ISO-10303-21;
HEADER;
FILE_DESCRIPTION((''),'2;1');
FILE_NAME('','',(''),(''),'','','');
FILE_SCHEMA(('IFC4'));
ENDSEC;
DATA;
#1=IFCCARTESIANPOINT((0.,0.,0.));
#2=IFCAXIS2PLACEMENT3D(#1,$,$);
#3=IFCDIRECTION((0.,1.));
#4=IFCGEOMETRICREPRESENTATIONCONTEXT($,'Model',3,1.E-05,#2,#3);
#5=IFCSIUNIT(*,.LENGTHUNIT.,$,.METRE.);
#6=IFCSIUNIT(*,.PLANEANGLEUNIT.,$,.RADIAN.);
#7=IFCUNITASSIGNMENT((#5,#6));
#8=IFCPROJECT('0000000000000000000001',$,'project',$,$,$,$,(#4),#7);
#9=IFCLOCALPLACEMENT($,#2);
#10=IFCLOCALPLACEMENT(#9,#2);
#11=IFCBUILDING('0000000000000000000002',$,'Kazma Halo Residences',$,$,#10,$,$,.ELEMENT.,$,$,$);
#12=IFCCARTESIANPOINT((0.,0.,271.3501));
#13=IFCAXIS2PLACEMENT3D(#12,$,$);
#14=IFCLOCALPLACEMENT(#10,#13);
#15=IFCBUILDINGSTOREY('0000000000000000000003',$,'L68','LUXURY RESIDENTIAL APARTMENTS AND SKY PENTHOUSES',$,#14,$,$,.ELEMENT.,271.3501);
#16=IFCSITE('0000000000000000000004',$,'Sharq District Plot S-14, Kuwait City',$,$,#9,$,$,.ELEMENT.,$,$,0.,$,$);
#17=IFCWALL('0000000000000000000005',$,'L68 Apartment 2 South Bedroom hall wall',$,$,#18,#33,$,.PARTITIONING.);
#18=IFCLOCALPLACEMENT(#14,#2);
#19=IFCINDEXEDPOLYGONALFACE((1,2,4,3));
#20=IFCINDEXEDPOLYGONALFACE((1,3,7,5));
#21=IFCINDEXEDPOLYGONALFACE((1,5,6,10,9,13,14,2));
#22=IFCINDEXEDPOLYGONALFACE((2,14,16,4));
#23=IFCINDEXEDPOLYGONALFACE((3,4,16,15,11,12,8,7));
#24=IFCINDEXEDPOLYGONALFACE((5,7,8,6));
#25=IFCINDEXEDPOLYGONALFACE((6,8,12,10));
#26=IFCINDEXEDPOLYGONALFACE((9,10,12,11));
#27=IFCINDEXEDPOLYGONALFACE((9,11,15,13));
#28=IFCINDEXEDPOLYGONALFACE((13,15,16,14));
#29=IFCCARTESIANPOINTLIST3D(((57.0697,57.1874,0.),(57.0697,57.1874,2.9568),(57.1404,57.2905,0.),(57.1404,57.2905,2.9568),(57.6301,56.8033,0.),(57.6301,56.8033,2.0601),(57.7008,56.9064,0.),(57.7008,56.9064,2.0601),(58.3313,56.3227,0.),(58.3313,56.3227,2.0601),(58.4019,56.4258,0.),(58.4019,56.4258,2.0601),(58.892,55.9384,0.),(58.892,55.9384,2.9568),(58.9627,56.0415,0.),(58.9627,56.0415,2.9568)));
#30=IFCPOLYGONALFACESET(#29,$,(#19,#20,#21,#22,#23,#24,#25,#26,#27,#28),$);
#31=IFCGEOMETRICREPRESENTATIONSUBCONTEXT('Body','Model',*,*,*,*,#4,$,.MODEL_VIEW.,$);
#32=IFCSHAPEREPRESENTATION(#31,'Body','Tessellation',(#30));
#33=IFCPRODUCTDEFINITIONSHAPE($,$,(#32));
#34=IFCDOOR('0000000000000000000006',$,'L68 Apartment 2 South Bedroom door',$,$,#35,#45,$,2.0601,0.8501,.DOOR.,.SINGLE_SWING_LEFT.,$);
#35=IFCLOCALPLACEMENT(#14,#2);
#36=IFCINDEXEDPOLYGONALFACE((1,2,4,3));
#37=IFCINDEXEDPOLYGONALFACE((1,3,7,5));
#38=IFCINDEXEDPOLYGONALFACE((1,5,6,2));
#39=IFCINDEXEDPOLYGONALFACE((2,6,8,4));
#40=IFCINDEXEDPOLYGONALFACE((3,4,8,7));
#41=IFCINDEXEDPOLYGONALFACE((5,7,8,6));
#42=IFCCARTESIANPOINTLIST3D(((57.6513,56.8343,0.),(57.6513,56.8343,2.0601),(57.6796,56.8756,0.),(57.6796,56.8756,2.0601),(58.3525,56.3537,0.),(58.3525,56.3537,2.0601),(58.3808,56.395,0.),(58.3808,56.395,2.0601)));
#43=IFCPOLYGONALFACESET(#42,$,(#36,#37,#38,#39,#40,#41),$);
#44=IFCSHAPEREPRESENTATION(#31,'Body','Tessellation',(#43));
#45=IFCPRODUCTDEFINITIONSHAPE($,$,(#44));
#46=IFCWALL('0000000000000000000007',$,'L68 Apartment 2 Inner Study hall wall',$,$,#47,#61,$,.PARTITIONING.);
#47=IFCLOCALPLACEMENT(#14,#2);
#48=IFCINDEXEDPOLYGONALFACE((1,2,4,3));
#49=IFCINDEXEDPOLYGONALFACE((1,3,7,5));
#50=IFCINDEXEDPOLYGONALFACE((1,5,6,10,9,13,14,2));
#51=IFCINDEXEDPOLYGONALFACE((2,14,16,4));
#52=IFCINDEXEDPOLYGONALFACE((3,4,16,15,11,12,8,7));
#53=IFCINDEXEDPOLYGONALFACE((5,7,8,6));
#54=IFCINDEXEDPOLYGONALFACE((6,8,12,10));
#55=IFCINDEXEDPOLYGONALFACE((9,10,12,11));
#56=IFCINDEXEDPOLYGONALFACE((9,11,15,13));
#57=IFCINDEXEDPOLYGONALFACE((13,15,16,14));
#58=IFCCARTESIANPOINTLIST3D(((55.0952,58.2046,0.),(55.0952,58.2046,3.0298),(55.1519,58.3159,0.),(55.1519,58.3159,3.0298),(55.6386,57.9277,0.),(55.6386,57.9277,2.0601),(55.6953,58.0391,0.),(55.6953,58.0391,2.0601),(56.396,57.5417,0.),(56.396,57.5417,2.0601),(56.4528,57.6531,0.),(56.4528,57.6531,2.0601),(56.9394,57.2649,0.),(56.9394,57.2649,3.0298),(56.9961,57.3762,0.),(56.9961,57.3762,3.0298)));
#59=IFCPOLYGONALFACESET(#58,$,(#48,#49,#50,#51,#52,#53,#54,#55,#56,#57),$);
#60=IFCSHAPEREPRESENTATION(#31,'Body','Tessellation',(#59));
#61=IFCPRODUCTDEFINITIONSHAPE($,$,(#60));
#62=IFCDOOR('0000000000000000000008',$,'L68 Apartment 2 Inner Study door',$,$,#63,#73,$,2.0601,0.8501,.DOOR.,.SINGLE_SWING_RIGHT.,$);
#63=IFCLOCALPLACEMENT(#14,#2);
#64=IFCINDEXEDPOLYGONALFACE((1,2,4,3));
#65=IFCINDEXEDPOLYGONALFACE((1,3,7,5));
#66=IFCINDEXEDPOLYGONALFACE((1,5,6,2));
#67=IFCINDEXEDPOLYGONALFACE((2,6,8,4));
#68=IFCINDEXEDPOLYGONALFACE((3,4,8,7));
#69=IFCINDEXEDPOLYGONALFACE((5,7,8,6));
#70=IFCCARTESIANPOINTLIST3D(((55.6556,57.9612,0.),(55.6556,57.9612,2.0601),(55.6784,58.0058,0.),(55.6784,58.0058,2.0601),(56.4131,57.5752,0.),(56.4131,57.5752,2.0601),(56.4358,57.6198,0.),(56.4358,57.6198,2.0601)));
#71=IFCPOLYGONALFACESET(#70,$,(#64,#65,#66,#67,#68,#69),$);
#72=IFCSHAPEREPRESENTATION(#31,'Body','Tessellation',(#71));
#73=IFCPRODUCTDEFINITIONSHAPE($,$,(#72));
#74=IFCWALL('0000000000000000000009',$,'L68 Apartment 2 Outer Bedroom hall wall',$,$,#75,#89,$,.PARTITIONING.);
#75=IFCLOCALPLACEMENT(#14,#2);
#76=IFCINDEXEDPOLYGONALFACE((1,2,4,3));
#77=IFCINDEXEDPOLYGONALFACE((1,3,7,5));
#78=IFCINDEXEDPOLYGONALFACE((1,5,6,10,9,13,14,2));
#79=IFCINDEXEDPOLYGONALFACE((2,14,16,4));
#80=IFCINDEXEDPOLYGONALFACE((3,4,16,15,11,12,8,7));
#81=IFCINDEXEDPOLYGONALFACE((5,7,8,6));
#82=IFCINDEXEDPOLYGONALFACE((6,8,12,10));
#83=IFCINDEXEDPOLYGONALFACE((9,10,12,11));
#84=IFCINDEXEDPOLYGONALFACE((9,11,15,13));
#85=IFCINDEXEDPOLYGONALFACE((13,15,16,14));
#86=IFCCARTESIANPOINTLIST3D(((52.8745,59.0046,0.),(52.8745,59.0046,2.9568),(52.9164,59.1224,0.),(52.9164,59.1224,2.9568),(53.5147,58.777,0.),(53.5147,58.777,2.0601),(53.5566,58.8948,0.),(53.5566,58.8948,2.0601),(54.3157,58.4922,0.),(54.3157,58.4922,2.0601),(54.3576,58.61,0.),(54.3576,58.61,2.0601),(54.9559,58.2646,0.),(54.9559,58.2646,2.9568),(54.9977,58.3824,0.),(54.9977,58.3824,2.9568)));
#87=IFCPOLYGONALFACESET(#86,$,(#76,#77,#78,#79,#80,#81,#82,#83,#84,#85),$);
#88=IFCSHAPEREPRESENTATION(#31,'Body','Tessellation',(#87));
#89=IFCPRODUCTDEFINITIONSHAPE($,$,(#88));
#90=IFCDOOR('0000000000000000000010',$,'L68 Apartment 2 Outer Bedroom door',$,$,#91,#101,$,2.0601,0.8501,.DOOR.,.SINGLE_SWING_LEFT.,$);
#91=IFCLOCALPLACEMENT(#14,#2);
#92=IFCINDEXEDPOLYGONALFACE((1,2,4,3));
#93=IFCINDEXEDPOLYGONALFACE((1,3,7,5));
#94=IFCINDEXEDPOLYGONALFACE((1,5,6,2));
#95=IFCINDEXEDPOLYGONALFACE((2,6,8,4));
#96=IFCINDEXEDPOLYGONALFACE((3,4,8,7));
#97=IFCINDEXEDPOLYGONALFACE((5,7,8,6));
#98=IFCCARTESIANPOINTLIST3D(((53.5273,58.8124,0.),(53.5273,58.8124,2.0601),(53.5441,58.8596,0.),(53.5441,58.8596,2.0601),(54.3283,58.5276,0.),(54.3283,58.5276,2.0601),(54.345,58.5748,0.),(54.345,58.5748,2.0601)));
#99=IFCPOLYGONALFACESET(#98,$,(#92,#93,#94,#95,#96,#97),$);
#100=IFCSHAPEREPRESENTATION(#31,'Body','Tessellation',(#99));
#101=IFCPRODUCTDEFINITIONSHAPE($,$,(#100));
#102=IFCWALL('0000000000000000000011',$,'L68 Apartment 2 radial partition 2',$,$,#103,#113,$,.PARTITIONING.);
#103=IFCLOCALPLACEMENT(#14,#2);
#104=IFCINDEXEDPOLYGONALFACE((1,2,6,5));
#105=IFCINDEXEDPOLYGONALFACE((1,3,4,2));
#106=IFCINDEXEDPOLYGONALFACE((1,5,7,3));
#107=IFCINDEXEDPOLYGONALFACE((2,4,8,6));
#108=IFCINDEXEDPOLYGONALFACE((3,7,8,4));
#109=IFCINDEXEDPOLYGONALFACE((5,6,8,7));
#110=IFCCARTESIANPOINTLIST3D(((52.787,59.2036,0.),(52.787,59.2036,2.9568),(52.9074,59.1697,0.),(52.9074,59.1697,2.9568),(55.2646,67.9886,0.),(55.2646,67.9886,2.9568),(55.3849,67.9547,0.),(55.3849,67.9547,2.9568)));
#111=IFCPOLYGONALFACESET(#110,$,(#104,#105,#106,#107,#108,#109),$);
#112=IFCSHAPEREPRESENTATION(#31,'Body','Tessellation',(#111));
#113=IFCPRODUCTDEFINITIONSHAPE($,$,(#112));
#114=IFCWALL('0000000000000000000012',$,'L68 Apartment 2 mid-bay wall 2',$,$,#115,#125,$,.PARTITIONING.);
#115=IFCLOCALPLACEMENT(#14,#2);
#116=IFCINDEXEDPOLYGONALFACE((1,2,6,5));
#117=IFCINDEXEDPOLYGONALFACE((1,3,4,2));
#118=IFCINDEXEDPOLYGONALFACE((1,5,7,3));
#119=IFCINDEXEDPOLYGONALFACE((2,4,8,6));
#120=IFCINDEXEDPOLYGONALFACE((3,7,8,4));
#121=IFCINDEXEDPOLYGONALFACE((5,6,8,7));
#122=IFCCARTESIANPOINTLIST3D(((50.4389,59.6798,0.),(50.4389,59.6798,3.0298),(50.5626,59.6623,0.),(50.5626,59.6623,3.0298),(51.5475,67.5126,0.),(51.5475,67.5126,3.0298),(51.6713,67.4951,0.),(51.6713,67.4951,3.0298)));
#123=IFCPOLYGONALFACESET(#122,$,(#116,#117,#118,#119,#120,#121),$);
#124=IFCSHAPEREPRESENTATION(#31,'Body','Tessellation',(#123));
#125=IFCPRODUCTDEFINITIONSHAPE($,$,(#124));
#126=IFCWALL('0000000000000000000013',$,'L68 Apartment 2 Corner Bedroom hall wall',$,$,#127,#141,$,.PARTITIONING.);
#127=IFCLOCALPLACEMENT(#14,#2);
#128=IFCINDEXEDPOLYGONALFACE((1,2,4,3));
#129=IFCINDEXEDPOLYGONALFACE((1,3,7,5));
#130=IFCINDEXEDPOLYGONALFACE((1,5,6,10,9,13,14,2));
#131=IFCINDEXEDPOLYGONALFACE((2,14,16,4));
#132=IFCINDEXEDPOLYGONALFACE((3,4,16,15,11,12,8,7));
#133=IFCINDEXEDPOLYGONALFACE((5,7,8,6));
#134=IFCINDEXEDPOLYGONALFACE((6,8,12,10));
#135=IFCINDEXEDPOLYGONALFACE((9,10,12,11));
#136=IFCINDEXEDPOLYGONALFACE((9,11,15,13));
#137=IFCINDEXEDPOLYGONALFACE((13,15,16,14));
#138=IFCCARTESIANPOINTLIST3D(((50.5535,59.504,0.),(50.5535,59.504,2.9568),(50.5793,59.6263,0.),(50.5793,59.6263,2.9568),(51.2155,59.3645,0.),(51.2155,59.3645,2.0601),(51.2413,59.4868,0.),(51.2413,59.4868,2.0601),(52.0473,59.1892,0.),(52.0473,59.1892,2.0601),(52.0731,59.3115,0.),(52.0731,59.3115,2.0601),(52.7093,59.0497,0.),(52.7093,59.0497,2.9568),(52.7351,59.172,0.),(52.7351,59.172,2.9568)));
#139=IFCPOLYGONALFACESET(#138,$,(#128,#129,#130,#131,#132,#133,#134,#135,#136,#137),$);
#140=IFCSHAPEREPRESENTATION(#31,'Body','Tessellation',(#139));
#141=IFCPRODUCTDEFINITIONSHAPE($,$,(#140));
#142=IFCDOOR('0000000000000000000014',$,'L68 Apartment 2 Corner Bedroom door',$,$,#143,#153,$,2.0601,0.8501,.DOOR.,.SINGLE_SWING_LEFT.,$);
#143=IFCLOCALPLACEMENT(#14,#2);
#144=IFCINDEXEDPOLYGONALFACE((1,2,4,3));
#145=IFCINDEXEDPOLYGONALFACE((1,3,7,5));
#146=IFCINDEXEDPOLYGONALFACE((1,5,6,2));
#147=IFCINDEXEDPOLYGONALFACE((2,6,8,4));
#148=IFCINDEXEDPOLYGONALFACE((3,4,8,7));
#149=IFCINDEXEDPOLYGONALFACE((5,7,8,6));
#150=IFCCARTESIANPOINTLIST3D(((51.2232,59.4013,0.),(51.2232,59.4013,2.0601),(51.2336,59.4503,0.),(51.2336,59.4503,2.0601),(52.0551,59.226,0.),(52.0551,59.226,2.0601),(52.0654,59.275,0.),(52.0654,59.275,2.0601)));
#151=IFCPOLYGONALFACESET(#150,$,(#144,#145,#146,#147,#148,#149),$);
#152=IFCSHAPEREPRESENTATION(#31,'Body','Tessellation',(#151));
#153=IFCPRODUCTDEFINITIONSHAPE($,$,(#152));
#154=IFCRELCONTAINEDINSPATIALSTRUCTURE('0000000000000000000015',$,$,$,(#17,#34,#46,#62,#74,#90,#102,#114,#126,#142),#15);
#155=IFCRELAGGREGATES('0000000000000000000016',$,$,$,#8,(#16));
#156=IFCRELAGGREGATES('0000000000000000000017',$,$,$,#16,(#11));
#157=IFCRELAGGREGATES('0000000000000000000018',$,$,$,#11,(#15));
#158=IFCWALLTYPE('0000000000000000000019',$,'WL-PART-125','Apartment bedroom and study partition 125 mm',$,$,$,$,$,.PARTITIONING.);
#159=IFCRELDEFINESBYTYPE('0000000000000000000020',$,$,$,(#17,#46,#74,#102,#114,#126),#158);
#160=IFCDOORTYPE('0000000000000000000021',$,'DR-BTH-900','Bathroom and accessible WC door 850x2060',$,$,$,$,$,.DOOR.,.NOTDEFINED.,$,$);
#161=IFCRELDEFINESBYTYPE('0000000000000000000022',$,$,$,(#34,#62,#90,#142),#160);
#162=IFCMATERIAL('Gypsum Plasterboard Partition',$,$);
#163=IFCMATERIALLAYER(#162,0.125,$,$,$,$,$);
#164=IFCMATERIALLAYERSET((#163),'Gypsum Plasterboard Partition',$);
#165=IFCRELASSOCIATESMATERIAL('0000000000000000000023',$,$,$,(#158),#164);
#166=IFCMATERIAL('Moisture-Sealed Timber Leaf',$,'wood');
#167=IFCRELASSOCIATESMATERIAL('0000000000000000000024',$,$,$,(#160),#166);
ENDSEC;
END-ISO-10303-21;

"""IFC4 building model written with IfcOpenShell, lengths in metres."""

from ifc_helpers import new_model, si_unit, direction, frame, frame_2d, origin, place, context, subcontext, project, spatial, rectangle, extrude, material, layer, layer_set, type_object, element, fill, save


model = new_model("IFC4")

# Units and contexts
model_context = context("Model", 3, precision=1e-05, world=origin(), true_north=direction((0.0, 1.0)))
body_context = subcontext(model_context, "Body", "Model", "MODEL_VIEW")
ifc_project = project(units=[si_unit("LENGTHUNIT", "METRE"), si_unit("PLANEANGLEUNIT", "RADIAN")], contexts=[model_context])

# Site, building, storey
site_placement = place(None, origin())
site = spatial("IfcSite", under=ifc_project, at=site_placement, Name="Sharq District Plot S-14, Kuwait City", CompositionType="ELEMENT", RefElevation=0.0)
building_placement = place(site_placement, origin())
building = spatial("IfcBuilding", under=site, at=building_placement, Name="Kazma Halo Residences", CompositionType="ELEMENT")
storey_placement = place(building_placement, frame((0.0, 0.0, 271.3501)))
storey = spatial("IfcBuildingStorey", under=building, at=storey_placement, Name="L68", Description="LUXURY RESIDENTIAL APARTMENTS AND SKY PENTHOUSES", CompositionType="ELEMENT", Elevation=271.3501)

# Shared definitions
ifc_material_1 = material(Name="Gypsum Plasterboard Partition")
ifc_layer_1 = layer(ifc_material_1, 0.125)
ifc_layer_set_1 = layer_set([ifc_layer_1], Name="Gypsum Plasterboard Partition")
wall_type_1 = type_object("IfcWallType", Name="WL-PART-125", Description="Apartment bedroom and study partition 125 mm", PredefinedType="PARTITIONING", material=ifc_layer_set_1)

# Walls, openings, doors
wall_1_placement = place(storey_placement, frame((58.9272, 55.99, 0.0), z_axis=(0.0, 0.0, 1.0), x_axis=(-0.824841, 0.565365, 0.0)))
wall_1 = element("IfcWall", 1, at=wall_1_placement, inside=storey, type_object=wall_type_1, Name="L68 Apartment 2 South Bedroom hall wall", PredefinedType="PARTITIONING", context=body_context, shape_type="SweptSolid", body=[
    extrude(rectangle(XDim=2.2092, YDim=0.125, at=frame_2d((1.1045, 0.0))), origin(), (0.0, 0.0, 1.0), 2.9568),
])
opening_1_placement = place(wall_1_placement, frame((0.6797, 0.0, 0.0)))
opening_1 = element("IfcOpeningElement", 2, at=opening_1_placement, cuts=wall_1, PredefinedType="OPENING", context=body_context, shape_type="SweptSolid", body=[
    extrude(rectangle(XDim=0.8501, YDim=2.0601, at=frame_2d((0.425, 1.03))), frame((0.0, 0.0725, 0.0), z_axis=(0.0, -1.0, 0.0), x_axis=(1.0, 0.0, 0.0)), (0.0, 0.0, 1.0), 0.145),
])
ifc_material_2 = material(Name="Moisture-Sealed Timber Leaf", Category="wood")
door_type_1 = type_object("IfcDoorType", Name="DR-BTH-900", Description="Bathroom and accessible WC door 850x2060", OperationType="NOTDEFINED", PredefinedType="DOOR", material=ifc_material_2)
door_1_placement = place(opening_1_placement, origin())
door_1 = element("IfcDoor", 3, at=door_1_placement, inside=storey, type_object=door_type_1, Name="L68 Apartment 2 South Bedroom door", OperationType="SINGLE_SWING_LEFT", OverallHeight=2.0601, OverallWidth=0.8501, PredefinedType="DOOR", context=body_context, shape_type="SweptSolid", body=[
    extrude(rectangle(XDim=0.8501, YDim=2.0601, at=frame_2d((0.425, 1.03))), frame((0.0, 0.0249, 0.0), z_axis=(0.0, -1.0, 0.0), x_axis=(1.0, 0.0, 0.0)), (0.0, 0.0, 1.0), 0.05),
])
fill(opening_1, door_1)
wall_2_placement = place(storey_placement, frame((56.9678, 57.3206, 0.0), z_axis=(0.0, 0.0, 1.0), x_axis=(-0.891004, 0.453995, 0.0)))
wall_2 = element("IfcWall", 4, at=wall_2_placement, inside=storey, type_object=wall_type_1, Name="L68 Apartment 2 Inner Study hall wall", PredefinedType="PARTITIONING", context=body_context, shape_type="SweptSolid", body=[
    extrude(rectangle(XDim=2.0698, YDim=0.125, at=frame_2d((1.0349, 0.0))), origin(), (0.0, 0.0, 1.0), 3.0298),
])
opening_2_placement = place(wall_2_placement, frame((0.6099, 0.0, 0.0)))
opening_2 = element("IfcOpeningElement", 5, at=opening_2_placement, cuts=wall_2, PredefinedType="OPENING", context=body_context, shape_type="SweptSolid", body=[
    extrude(rectangle(XDim=0.8501, YDim=2.0601, at=frame_2d((0.425, 1.03))), frame((0.0, 0.0725, 0.0), z_axis=(0.0, -1.0, 0.0), x_axis=(1.0, 0.0, 0.0)), (0.0, 0.0, 1.0), 0.145),
])
door_2_placement = place(opening_2_placement, origin())
door_2 = element("IfcDoor", 6, at=door_2_placement, inside=storey, type_object=door_type_1, Name="L68 Apartment 2 Inner Study door", OperationType="SINGLE_SWING_RIGHT", OverallHeight=2.0601, OverallWidth=0.8501, PredefinedType="DOOR", context=body_context, shape_type="SweptSolid", body=[
    extrude(rectangle(XDim=0.8501, YDim=2.0601, at=frame_2d((0.425, 1.03))), frame((0.0, 0.0249, 0.0), z_axis=(0.0, -1.0, 0.0), x_axis=(1.0, 0.0, 0.0)), (0.0, 0.0, 1.0), 0.05),
])
fill(opening_2, door_2)
wall_3_placement = place(storey_placement, frame((54.9768, 58.3235, 0.0), z_axis=(0.0, 0.0, 1.0), x_axis=(-0.942219, 0.334999, 0.0)))
wall_3 = element("IfcWall", 7, at=wall_3_placement, inside=storey, type_object=wall_type_1, Name="L68 Apartment 2 Outer Bedroom hall wall", PredefinedType="PARTITIONING", context=body_context, shape_type="SweptSolid", body=[
    extrude(rectangle(XDim=2.209, YDim=0.125, at=frame_2d((1.1045, 0.0))), origin(), (0.0, 0.0, 1.0), 2.9568),
])
opening_3_placement = place(wall_3_placement, frame((0.6794, 0.0, 0.0)))
opening_3 = element("IfcOpeningElement", 8, at=opening_3_placement, cuts=wall_3, PredefinedType="OPENING", context=body_context, shape_type="SweptSolid", body=[
    extrude(rectangle(XDim=0.8501, YDim=2.0601, at=frame_2d((0.425, 1.03))), frame((0.0, 0.0725, 0.0), z_axis=(0.0, -1.0, 0.0), x_axis=(1.0, 0.0, 0.0)), (0.0, 0.0, 1.0), 0.145),
])
door_3_placement = place(opening_3_placement, origin())
door_3 = element("IfcDoor", 9, at=door_3_placement, inside=storey, type_object=door_type_1, Name="L68 Apartment 2 Outer Bedroom door", OperationType="SINGLE_SWING_LEFT", OverallHeight=2.0601, OverallWidth=0.8501, PredefinedType="DOOR", context=body_context, shape_type="SweptSolid", body=[
    extrude(rectangle(XDim=0.8501, YDim=2.0601, at=frame_2d((0.425, 1.03))), frame((0.0, 0.0249, 0.0), z_axis=(0.0, -1.0, 0.0), x_axis=(1.0, 0.0, 0.0)), (0.0, 0.0, 1.0), 0.05),
])
fill(opening_3, door_3)

# Walls
wall_4_placement = place(storey_placement, frame((52.8472, 59.1865, 0.0), z_axis=(0.0, 0.0, 1.0), x_axis=(0.271434, 0.962457, 0.0)))
element("IfcWall", 10, at=wall_4_placement, inside=storey, type_object=wall_type_1, Name="L68 Apartment 2 radial partition 2", PredefinedType="PARTITIONING", context=body_context, shape_type="SweptSolid", body=[
    extrude(rectangle(XDim=9.1277, YDim=0.125, at=frame_2d((4.564, 0.0))), origin(), (0.0, 0.0, 1.0), 2.9568),
])
wall_5_placement = place(storey_placement, frame((50.5007, 59.6709, 0.0), z_axis=(0.0, 0.0, 1.0), x_axis=(0.140142, 0.990131, 0.0)))
element("IfcWall", 11, at=wall_5_placement, inside=storey, type_object=wall_type_1, Name="L68 Apartment 2 mid-bay wall 2", PredefinedType="PARTITIONING", context=body_context, shape_type="SweptSolid", body=[
    extrude(rectangle(XDim=7.9109, YDim=0.125, at=frame_2d((3.9556, 0.0))), origin(), (0.0, 0.0, 1.0), 3.0298),
])

# Wall, opening, door
wall_6_placement = place(storey_placement, frame((52.7222, 59.1108, 0.0), z_axis=(0.0, 0.0, 1.0), x_axis=(-0.978504, 0.206228, 0.0)))
wall_6 = element("IfcWall", 12, at=wall_6_placement, inside=storey, type_object=wall_type_1, Name="L68 Apartment 2 Corner Bedroom hall wall", PredefinedType="PARTITIONING", context=body_context, shape_type="SweptSolid", body=[
    extrude(rectangle(XDim=2.2031, YDim=0.125, at=frame_2d((1.1016, 0.0))), origin(), (0.0, 0.0, 1.0), 2.9568),
])
opening_4_placement = place(wall_6_placement, frame((0.6765, 0.0, 0.0)))
opening_4 = element("IfcOpeningElement", 13, at=opening_4_placement, cuts=wall_6, PredefinedType="OPENING", context=body_context, shape_type="SweptSolid", body=[
    extrude(rectangle(XDim=0.8501, YDim=2.0601, at=frame_2d((0.425, 1.03))), frame((0.0, 0.0725, 0.0), z_axis=(0.0, -1.0, 0.0), x_axis=(1.0, 0.0, 0.0)), (0.0, 0.0, 1.0), 0.145),
])
door_4_placement = place(opening_4_placement, origin())
door_4 = element("IfcDoor", 14, at=door_4_placement, inside=storey, type_object=door_type_1, Name="L68 Apartment 2 Corner Bedroom door", OperationType="SINGLE_SWING_LEFT", OverallHeight=2.0601, OverallWidth=0.8501, PredefinedType="DOOR", context=body_context, shape_type="SweptSolid", body=[
    extrude(rectangle(XDim=0.8501, YDim=2.0601, at=frame_2d((0.425, 1.03))), frame((0.0, 0.0249, 0.0), z_axis=(0.0, -1.0, 0.0), x_axis=(1.0, 0.0, 0.0)), (0.0, 0.0, 1.0), 0.05),
])
fill(opening_4, door_4)

save(model, "model.ifc")
